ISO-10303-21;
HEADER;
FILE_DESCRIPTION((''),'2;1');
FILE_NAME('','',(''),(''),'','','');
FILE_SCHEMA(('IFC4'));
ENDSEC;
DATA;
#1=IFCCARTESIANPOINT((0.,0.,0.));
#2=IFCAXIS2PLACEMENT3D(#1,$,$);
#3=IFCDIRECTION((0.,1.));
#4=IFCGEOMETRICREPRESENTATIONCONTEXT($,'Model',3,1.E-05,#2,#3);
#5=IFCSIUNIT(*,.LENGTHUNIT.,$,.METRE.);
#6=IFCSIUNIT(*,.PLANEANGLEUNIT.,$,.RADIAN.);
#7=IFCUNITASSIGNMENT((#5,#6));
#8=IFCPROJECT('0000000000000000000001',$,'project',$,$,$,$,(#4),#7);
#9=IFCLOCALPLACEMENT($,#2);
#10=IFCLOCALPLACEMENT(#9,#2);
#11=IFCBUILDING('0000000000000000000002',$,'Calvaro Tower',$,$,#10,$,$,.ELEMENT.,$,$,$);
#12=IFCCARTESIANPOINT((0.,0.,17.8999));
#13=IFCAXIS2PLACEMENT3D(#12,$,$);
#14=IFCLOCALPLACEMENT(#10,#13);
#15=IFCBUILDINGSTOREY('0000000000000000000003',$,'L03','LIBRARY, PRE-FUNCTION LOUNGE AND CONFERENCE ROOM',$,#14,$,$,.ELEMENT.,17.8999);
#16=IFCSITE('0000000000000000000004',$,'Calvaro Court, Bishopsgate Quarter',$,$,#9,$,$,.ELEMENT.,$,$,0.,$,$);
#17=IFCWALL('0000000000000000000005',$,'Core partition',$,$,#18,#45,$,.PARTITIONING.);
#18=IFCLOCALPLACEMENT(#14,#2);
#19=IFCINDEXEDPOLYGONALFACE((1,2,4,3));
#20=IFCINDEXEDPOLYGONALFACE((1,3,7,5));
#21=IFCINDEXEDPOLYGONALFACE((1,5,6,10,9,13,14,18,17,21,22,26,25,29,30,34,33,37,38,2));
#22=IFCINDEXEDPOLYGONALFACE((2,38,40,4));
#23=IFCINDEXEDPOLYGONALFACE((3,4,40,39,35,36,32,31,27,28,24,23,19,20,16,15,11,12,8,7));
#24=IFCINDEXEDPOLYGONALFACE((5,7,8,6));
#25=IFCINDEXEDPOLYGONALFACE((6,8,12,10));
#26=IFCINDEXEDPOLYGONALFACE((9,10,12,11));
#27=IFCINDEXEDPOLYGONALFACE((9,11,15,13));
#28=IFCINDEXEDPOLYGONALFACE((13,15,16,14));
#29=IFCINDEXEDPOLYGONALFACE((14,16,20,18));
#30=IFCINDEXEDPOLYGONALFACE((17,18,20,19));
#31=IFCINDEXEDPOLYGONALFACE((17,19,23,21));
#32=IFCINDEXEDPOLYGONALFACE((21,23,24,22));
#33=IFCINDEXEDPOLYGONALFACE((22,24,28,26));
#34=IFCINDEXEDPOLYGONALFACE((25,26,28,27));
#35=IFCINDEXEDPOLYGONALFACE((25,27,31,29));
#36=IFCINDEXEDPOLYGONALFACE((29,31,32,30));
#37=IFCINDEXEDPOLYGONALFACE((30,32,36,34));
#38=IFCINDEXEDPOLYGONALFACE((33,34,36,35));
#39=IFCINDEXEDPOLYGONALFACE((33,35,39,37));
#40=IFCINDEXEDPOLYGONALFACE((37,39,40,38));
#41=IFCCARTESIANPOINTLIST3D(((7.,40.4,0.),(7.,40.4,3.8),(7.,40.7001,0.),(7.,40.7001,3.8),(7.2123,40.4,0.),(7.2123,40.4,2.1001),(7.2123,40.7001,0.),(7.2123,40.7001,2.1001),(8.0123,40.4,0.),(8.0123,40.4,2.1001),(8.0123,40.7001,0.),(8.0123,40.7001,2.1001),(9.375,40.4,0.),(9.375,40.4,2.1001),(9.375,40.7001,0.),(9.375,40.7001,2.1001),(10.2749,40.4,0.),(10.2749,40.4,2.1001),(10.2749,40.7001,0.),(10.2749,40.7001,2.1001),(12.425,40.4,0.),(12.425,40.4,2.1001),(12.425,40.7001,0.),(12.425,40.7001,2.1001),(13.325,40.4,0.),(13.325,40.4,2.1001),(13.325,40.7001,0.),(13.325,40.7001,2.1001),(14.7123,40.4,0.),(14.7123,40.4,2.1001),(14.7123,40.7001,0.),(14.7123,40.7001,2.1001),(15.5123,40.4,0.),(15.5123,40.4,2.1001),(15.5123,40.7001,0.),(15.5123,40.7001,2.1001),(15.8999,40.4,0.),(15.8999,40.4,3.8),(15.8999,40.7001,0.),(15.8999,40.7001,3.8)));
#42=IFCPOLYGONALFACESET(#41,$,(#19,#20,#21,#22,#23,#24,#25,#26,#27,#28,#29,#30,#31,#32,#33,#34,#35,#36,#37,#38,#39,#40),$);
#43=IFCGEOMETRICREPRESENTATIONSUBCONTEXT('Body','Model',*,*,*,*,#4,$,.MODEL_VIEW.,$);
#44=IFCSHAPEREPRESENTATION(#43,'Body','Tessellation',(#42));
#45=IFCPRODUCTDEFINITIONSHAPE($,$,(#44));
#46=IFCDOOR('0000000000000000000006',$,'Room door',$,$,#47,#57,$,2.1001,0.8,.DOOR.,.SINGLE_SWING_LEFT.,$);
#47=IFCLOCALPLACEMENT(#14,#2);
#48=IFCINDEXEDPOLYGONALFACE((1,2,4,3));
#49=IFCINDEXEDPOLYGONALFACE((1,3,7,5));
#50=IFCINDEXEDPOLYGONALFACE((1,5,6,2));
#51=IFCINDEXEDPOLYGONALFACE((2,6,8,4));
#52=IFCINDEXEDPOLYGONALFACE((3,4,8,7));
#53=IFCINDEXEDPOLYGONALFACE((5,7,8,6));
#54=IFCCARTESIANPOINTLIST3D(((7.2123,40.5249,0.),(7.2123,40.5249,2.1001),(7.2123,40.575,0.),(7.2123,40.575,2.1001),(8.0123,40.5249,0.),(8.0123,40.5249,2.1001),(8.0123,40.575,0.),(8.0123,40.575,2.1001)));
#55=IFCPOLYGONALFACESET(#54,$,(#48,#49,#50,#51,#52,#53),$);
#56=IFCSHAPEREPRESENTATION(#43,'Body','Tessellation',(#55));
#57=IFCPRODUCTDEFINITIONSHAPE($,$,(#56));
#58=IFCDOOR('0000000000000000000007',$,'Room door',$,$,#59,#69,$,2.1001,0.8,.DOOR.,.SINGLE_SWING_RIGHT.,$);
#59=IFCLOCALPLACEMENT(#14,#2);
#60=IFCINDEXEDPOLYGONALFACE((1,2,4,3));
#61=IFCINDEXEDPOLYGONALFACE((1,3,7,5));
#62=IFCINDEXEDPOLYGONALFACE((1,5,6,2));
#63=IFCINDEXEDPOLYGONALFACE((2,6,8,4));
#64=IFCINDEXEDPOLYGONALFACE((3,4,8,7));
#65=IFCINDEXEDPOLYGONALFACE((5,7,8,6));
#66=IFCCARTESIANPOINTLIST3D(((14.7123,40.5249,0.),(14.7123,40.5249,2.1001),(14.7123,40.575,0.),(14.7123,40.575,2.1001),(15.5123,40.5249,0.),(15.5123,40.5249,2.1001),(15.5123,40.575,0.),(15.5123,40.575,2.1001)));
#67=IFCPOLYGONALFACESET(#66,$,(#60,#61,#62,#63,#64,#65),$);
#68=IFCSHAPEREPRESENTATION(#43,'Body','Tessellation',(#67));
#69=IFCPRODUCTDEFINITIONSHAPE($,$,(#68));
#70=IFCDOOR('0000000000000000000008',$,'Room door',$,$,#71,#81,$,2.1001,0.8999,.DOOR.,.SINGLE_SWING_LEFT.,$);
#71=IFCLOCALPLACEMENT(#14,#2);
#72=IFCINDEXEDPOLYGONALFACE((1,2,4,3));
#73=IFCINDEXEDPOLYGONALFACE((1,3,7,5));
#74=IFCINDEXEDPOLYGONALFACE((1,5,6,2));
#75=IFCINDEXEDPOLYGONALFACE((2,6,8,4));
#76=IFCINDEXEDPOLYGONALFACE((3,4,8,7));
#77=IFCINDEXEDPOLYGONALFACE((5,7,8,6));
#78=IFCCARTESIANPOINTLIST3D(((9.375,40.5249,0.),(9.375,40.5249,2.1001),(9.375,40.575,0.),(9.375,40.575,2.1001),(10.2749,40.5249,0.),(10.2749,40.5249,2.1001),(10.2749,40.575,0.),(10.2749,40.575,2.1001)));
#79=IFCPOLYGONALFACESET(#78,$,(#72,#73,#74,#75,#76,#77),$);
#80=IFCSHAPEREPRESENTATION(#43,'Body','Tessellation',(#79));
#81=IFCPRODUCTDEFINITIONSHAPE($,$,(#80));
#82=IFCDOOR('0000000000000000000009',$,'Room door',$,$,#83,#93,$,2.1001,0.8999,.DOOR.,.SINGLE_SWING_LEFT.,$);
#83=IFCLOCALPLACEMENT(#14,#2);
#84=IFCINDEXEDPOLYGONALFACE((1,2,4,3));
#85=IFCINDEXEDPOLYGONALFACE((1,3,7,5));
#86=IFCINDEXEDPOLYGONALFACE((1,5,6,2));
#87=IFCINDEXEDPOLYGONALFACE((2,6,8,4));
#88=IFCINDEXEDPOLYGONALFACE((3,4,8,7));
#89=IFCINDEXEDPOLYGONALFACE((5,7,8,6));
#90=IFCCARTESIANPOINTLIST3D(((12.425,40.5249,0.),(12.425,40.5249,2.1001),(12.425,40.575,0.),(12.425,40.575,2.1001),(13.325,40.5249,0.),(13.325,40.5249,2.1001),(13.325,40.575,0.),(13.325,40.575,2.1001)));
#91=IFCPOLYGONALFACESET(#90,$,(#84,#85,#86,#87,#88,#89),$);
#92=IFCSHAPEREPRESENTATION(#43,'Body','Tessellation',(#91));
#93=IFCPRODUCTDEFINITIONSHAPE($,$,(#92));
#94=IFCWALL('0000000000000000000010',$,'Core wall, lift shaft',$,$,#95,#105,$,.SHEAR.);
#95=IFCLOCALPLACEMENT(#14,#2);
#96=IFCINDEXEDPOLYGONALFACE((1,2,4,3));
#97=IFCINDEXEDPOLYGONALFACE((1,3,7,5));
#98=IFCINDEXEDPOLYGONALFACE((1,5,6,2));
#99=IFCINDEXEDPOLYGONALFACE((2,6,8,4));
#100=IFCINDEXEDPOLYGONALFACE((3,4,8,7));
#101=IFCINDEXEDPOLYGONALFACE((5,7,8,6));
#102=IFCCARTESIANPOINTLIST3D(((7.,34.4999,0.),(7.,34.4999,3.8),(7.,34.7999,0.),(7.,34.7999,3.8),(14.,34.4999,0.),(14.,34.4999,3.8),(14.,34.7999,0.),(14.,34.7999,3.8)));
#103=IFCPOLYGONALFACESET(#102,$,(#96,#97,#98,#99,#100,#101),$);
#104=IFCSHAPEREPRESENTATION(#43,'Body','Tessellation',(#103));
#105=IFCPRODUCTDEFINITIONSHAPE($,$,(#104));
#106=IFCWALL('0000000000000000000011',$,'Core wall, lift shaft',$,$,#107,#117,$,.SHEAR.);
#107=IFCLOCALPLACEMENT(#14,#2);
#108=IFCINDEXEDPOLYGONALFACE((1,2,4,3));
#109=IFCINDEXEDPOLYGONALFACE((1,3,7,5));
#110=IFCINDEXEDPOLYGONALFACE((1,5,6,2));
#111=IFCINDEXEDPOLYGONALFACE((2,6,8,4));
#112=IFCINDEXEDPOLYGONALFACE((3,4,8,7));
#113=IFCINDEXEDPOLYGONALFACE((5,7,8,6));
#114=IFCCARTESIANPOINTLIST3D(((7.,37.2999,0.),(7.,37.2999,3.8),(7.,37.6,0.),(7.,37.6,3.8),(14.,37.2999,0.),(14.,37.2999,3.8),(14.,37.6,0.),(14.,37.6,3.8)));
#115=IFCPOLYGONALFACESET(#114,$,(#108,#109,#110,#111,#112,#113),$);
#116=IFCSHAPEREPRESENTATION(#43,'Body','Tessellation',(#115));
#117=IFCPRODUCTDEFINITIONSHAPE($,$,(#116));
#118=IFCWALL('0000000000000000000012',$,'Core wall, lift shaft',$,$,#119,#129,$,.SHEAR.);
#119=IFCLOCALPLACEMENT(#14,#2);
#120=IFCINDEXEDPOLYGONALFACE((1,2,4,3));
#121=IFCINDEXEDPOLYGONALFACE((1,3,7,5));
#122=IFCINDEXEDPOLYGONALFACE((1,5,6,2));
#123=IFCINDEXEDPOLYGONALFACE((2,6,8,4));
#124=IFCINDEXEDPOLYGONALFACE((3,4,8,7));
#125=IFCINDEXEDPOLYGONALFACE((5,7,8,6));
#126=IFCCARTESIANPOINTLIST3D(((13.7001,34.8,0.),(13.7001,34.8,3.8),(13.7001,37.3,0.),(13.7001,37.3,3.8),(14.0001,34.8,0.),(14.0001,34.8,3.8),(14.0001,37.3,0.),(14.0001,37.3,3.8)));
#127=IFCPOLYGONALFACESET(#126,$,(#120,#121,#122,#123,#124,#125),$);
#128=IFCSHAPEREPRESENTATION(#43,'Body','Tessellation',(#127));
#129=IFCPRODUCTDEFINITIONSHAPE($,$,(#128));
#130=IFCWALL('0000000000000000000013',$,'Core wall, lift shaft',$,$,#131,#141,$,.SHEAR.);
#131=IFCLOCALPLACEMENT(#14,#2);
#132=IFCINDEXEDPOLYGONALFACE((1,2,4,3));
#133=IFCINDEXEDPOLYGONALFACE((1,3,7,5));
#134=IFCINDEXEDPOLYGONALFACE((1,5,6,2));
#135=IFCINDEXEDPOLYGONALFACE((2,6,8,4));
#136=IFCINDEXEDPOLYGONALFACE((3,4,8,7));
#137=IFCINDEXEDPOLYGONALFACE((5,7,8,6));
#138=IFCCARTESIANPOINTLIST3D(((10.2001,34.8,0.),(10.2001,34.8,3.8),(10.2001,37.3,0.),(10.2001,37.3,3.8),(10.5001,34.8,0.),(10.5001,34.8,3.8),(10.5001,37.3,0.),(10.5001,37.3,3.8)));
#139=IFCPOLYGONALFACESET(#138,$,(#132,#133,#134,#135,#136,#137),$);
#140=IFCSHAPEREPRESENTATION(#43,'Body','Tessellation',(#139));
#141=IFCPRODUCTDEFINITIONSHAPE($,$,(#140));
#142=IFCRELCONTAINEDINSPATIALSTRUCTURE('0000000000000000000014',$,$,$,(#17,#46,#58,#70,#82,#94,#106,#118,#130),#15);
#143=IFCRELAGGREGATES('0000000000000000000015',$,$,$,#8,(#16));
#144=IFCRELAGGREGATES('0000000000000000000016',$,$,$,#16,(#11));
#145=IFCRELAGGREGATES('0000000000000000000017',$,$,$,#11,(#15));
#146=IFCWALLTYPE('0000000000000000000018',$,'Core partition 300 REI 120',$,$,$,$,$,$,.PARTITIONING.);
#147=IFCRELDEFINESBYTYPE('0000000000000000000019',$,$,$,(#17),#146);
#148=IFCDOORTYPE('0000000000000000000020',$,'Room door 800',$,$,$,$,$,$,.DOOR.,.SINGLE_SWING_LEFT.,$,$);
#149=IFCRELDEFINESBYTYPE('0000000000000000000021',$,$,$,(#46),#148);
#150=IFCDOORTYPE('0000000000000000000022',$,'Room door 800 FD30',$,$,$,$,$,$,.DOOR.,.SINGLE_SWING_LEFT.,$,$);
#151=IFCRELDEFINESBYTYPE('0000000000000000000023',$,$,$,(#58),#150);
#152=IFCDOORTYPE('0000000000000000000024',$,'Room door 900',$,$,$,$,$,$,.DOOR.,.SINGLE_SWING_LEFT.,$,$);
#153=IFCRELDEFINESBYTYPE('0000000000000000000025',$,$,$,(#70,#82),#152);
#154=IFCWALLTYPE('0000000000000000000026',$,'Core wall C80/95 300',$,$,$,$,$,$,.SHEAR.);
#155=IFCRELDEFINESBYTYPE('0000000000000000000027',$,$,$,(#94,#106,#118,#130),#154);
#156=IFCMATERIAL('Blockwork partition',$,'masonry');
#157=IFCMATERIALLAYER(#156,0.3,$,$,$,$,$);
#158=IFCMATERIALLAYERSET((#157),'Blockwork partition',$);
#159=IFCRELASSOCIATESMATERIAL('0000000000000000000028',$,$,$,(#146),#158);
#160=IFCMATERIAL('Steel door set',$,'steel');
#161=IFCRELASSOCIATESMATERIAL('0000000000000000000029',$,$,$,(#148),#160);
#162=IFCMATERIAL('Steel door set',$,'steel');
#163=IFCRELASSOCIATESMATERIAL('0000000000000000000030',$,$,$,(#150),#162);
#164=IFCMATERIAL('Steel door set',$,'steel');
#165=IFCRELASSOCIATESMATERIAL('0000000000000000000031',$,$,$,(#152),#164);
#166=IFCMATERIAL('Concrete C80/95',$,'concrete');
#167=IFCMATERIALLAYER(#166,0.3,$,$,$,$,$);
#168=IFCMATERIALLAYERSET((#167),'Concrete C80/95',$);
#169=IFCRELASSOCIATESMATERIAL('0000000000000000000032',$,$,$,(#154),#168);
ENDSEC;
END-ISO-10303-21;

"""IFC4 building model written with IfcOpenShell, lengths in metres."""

from ifc_helpers import new_model, si_unit, direction, frame, frame_2d, origin, place, context, subcontext, project, spatial, rectangle, extrude, material, layer, layer_set, type_object, element, fill, save


model = new_model("IFC4")

# Units and contexts
model_context = context("Model", 3, precision=1e-05, world=origin(), true_north=direction((0.0, 1.0)))
body_context = subcontext(model_context, "Body", "Model", "MODEL_VIEW")
ifc_project = project(units=[si_unit("LENGTHUNIT", "METRE"), si_unit("PLANEANGLEUNIT", "RADIAN")], contexts=[model_context])

# Site, building, storey
site_placement = place(None, origin())
site = spatial("IfcSite", under=ifc_project, at=site_placement, Name="Calvaro Court, Bishopsgate Quarter", CompositionType="ELEMENT", RefElevation=0.0)
building_placement = place(site_placement, origin())
building = spatial("IfcBuilding", under=site, at=building_placement, Name="Calvaro Tower", CompositionType="ELEMENT")
storey_placement = place(building_placement, frame((0.0, 0.0, 17.8999)))
storey = spatial("IfcBuildingStorey", under=building, at=storey_placement, Name="L03", Description="LIBRARY, PRE-FUNCTION LOUNGE AND CONFERENCE ROOM", CompositionType="ELEMENT", Elevation=17.8999)

# Wall, openings, doors
ifc_material_1 = material(Name="Blockwork partition", Category="masonry")
ifc_layer_1 = layer(ifc_material_1, 0.3)
ifc_layer_set_1 = layer_set([ifc_layer_1], Name="Blockwork partition")
wall_type_1 = type_object("IfcWallType", Name="Core partition 300 REI 120", PredefinedType="PARTITIONING", material=ifc_layer_set_1)
wall_1_placement = place(storey_placement, frame((7.0, 40.55, 0.0), z_axis=(0.0, 0.0, 1.0), x_axis=(1.0, 0.0, 0.0)))
wall_1 = element("IfcWall", 1, at=wall_1_placement, inside=storey, type_object=wall_type_1, Name="Core partition", PredefinedType="PARTITIONING", context=body_context, shape_type="SweptSolid", body=[
    extrude(rectangle(XDim=8.8999, YDim=0.3, at=frame_2d((4.45, 0.0))), origin(), (0.0, 0.0, 1.0), 3.8),
])
opening_1_placement = place(wall_1_placement, frame((0.2124, 0.0, 0.0)))
opening_1 = element("IfcOpeningElement", 2, at=opening_1_placement, cuts=wall_1, PredefinedType="OPENING", context=body_context, shape_type="SweptSolid", body=[
    extrude(rectangle(XDim=0.8, YDim=2.1001, at=frame_2d((0.3999, 1.05))), frame((0.0, 0.1599, 0.0), z_axis=(0.0, -1.0, 0.0), x_axis=(1.0, 0.0, 0.0)), (0.0, 0.0, 1.0), 0.3201),
])
opening_2_placement = place(wall_1_placement, frame((2.375, 0.0, 0.0)))
opening_2 = element("IfcOpeningElement", 3, at=opening_2_placement, cuts=wall_1, PredefinedType="OPENING", context=body_context, shape_type="SweptSolid", body=[
    extrude(rectangle(XDim=0.8999, YDim=2.1001, at=frame_2d((0.45, 1.05))), frame((0.0, 0.1599, 0.0), z_axis=(0.0, -1.0, 0.0), x_axis=(1.0, 0.0, 0.0)), (0.0, 0.0, 1.0), 0.3201),
])
opening_3_placement = place(wall_1_placement, frame((5.425, 0.0, 0.0)))
opening_3 = element("IfcOpeningElement", 4, at=opening_3_placement, cuts=wall_1, PredefinedType="OPENING", context=body_context, shape_type="SweptSolid", body=[
    extrude(rectangle(XDim=0.8999, YDim=2.1001, at=frame_2d((0.45, 1.05))), frame((0.0, 0.1599, 0.0), z_axis=(0.0, -1.0, 0.0), x_axis=(1.0, 0.0, 0.0)), (0.0, 0.0, 1.0), 0.3201),
])
opening_4_placement = place(wall_1_placement, frame((7.7124, 0.0, 0.0)))
opening_4 = element("IfcOpeningElement", 5, at=opening_4_placement, cuts=wall_1, PredefinedType="OPENING", context=body_context, shape_type="SweptSolid", body=[
    extrude(rectangle(XDim=0.8, YDim=2.1001, at=frame_2d((0.3999, 1.05))), frame((0.0, 0.1599, 0.0), z_axis=(0.0, -1.0, 0.0), x_axis=(1.0, 0.0, 0.0)), (0.0, 0.0, 1.0), 0.3201),
])
ifc_material_2 = material(Name="Steel door set", Category="steel")
door_type_1 = type_object("IfcDoorType", Name="Room door 800", OperationType="SINGLE_SWING_LEFT", PredefinedType="DOOR", material=ifc_material_2)
door_1_placement = place(opening_1_placement, origin())
door_1 = element("IfcDoor", 6, at=door_1_placement, inside=storey, type_object=door_type_1, Name="Room door", OperationType="SINGLE_SWING_LEFT", OverallHeight=2.1001, OverallWidth=0.8, PredefinedType="DOOR", context=body_context, shape_type="SweptSolid", body=[
    extrude(rectangle(XDim=0.8, YDim=2.1001, at=frame_2d((0.3999, 1.05))), frame((0.0, 0.0249, 0.0), z_axis=(0.0, -1.0, 0.0), x_axis=(1.0, 0.0, 0.0)), (0.0, 0.0, 1.0), 0.05),
])
fill(opening_1, door_1)
ifc_material_3 = material(Name="Steel door set", Category="steel")
door_type_2 = type_object("IfcDoorType", Name="Room door 800 FD30", OperationType="SINGLE_SWING_LEFT", PredefinedType="DOOR", material=ifc_material_3)
door_2_placement = place(opening_4_placement, origin())
door_2 = element("IfcDoor", 7, at=door_2_placement, inside=storey, type_object=door_type_2, Name="Room door", OperationType="SINGLE_SWING_RIGHT", OverallHeight=2.1001, OverallWidth=0.8, PredefinedType="DOOR", context=body_context, shape_type="SweptSolid", body=[
    extrude(rectangle(XDim=0.8, YDim=2.1001, at=frame_2d((0.3999, 1.05))), frame((0.0, 0.0249, 0.0), z_axis=(0.0, -1.0, 0.0), x_axis=(1.0, 0.0, 0.0)), (0.0, 0.0, 1.0), 0.05),
])
fill(opening_4, door_2)
ifc_material_4 = material(Name="Steel door set", Category="steel")
door_type_3 = type_object("IfcDoorType", Name="Room door 900", OperationType="SINGLE_SWING_LEFT", PredefinedType="DOOR", material=ifc_material_4)
door_3_placement = place(opening_2_placement, origin())
door_3 = element("IfcDoor", 8, at=door_3_placement, inside=storey, type_object=door_type_3, Name="Room door", OperationType="SINGLE_SWING_LEFT", OverallHeight=2.1001, OverallWidth=0.8999, PredefinedType="DOOR", context=body_context, shape_type="SweptSolid", body=[
    extrude(rectangle(XDim=0.8999, YDim=2.1001, at=frame_2d((0.45, 1.05))), frame((0.0, 0.0249, 0.0), z_axis=(0.0, -1.0, 0.0), x_axis=(1.0, 0.0, 0.0)), (0.0, 0.0, 1.0), 0.05),
])
fill(opening_2, door_3)
door_4_placement = place(opening_3_placement, origin())
door_4 = element("IfcDoor", 9, at=door_4_placement, inside=storey, type_object=door_type_3, Name="Room door", OperationType="SINGLE_SWING_LEFT", OverallHeight=2.1001, OverallWidth=0.8999, PredefinedType="DOOR", context=body_context, shape_type="SweptSolid", body=[
    extrude(rectangle(XDim=0.8999, YDim=2.1001, at=frame_2d((0.45, 1.05))), frame((0.0, 0.0249, 0.0), z_axis=(0.0, -1.0, 0.0), x_axis=(1.0, 0.0, 0.0)), (0.0, 0.0, 1.0), 0.05),
])
fill(opening_3, door_4)

# Walls
ifc_material_5 = material(Name="Concrete C80/95", Category="concrete")
ifc_layer_2 = layer(ifc_material_5, 0.3)
ifc_layer_set_2 = layer_set([ifc_layer_2], Name="Concrete C80/95")
wall_type_2 = type_object("IfcWallType", Name="Core wall C80/95 300", PredefinedType="SHEAR", material=ifc_layer_set_2)
for number, where, z_axis, x_axis, name in (
    (10, (7.0, 34.6499, 0.0), (0.0, 0.0, 1.0), (1.0, 0.0, 0.0), "Core wall, lift shaft"),
    (11, (7.0, 37.45, 0.0), (0.0, 0.0, 1.0), (1.0, 0.0, 0.0), "Core wall, lift shaft"),
):
    element("IfcWall", number, at=place(storey_placement, frame(where, z_axis=z_axis, x_axis=x_axis)), inside=storey, type_object=wall_type_2, Name=name, PredefinedType="SHEAR", context=body_context, shape_type="SweptSolid", body=[
        extrude(rectangle(XDim=7.0, YDim=0.3, at=frame_2d((3.5, 0.0))), origin(), (0.0, 0.0, 1.0), 3.8),
    ])
for number, where, z_axis, x_axis, name in (
    (12, (13.8501, 34.8, 0.0), (0.0, 0.0, 1.0), (0.0, 1.0, 0.0), "Core wall, lift shaft"),
    (13, (10.3501, 34.8, 0.0), (0.0, 0.0, 1.0), (0.0, 1.0, 0.0), "Core wall, lift shaft"),
):
    element("IfcWall", number, at=place(storey_placement, frame(where, z_axis=z_axis, x_axis=x_axis)), inside=storey, type_object=wall_type_2, Name=name, PredefinedType="SHEAR", context=body_context, shape_type="SweptSolid", body=[
        extrude(rectangle(XDim=2.5, YDim=0.3, at=frame_2d((1.25, 0.0))), origin(), (0.0, 0.0, 1.0), 3.8),
    ])

save(model, "model.ifc")
